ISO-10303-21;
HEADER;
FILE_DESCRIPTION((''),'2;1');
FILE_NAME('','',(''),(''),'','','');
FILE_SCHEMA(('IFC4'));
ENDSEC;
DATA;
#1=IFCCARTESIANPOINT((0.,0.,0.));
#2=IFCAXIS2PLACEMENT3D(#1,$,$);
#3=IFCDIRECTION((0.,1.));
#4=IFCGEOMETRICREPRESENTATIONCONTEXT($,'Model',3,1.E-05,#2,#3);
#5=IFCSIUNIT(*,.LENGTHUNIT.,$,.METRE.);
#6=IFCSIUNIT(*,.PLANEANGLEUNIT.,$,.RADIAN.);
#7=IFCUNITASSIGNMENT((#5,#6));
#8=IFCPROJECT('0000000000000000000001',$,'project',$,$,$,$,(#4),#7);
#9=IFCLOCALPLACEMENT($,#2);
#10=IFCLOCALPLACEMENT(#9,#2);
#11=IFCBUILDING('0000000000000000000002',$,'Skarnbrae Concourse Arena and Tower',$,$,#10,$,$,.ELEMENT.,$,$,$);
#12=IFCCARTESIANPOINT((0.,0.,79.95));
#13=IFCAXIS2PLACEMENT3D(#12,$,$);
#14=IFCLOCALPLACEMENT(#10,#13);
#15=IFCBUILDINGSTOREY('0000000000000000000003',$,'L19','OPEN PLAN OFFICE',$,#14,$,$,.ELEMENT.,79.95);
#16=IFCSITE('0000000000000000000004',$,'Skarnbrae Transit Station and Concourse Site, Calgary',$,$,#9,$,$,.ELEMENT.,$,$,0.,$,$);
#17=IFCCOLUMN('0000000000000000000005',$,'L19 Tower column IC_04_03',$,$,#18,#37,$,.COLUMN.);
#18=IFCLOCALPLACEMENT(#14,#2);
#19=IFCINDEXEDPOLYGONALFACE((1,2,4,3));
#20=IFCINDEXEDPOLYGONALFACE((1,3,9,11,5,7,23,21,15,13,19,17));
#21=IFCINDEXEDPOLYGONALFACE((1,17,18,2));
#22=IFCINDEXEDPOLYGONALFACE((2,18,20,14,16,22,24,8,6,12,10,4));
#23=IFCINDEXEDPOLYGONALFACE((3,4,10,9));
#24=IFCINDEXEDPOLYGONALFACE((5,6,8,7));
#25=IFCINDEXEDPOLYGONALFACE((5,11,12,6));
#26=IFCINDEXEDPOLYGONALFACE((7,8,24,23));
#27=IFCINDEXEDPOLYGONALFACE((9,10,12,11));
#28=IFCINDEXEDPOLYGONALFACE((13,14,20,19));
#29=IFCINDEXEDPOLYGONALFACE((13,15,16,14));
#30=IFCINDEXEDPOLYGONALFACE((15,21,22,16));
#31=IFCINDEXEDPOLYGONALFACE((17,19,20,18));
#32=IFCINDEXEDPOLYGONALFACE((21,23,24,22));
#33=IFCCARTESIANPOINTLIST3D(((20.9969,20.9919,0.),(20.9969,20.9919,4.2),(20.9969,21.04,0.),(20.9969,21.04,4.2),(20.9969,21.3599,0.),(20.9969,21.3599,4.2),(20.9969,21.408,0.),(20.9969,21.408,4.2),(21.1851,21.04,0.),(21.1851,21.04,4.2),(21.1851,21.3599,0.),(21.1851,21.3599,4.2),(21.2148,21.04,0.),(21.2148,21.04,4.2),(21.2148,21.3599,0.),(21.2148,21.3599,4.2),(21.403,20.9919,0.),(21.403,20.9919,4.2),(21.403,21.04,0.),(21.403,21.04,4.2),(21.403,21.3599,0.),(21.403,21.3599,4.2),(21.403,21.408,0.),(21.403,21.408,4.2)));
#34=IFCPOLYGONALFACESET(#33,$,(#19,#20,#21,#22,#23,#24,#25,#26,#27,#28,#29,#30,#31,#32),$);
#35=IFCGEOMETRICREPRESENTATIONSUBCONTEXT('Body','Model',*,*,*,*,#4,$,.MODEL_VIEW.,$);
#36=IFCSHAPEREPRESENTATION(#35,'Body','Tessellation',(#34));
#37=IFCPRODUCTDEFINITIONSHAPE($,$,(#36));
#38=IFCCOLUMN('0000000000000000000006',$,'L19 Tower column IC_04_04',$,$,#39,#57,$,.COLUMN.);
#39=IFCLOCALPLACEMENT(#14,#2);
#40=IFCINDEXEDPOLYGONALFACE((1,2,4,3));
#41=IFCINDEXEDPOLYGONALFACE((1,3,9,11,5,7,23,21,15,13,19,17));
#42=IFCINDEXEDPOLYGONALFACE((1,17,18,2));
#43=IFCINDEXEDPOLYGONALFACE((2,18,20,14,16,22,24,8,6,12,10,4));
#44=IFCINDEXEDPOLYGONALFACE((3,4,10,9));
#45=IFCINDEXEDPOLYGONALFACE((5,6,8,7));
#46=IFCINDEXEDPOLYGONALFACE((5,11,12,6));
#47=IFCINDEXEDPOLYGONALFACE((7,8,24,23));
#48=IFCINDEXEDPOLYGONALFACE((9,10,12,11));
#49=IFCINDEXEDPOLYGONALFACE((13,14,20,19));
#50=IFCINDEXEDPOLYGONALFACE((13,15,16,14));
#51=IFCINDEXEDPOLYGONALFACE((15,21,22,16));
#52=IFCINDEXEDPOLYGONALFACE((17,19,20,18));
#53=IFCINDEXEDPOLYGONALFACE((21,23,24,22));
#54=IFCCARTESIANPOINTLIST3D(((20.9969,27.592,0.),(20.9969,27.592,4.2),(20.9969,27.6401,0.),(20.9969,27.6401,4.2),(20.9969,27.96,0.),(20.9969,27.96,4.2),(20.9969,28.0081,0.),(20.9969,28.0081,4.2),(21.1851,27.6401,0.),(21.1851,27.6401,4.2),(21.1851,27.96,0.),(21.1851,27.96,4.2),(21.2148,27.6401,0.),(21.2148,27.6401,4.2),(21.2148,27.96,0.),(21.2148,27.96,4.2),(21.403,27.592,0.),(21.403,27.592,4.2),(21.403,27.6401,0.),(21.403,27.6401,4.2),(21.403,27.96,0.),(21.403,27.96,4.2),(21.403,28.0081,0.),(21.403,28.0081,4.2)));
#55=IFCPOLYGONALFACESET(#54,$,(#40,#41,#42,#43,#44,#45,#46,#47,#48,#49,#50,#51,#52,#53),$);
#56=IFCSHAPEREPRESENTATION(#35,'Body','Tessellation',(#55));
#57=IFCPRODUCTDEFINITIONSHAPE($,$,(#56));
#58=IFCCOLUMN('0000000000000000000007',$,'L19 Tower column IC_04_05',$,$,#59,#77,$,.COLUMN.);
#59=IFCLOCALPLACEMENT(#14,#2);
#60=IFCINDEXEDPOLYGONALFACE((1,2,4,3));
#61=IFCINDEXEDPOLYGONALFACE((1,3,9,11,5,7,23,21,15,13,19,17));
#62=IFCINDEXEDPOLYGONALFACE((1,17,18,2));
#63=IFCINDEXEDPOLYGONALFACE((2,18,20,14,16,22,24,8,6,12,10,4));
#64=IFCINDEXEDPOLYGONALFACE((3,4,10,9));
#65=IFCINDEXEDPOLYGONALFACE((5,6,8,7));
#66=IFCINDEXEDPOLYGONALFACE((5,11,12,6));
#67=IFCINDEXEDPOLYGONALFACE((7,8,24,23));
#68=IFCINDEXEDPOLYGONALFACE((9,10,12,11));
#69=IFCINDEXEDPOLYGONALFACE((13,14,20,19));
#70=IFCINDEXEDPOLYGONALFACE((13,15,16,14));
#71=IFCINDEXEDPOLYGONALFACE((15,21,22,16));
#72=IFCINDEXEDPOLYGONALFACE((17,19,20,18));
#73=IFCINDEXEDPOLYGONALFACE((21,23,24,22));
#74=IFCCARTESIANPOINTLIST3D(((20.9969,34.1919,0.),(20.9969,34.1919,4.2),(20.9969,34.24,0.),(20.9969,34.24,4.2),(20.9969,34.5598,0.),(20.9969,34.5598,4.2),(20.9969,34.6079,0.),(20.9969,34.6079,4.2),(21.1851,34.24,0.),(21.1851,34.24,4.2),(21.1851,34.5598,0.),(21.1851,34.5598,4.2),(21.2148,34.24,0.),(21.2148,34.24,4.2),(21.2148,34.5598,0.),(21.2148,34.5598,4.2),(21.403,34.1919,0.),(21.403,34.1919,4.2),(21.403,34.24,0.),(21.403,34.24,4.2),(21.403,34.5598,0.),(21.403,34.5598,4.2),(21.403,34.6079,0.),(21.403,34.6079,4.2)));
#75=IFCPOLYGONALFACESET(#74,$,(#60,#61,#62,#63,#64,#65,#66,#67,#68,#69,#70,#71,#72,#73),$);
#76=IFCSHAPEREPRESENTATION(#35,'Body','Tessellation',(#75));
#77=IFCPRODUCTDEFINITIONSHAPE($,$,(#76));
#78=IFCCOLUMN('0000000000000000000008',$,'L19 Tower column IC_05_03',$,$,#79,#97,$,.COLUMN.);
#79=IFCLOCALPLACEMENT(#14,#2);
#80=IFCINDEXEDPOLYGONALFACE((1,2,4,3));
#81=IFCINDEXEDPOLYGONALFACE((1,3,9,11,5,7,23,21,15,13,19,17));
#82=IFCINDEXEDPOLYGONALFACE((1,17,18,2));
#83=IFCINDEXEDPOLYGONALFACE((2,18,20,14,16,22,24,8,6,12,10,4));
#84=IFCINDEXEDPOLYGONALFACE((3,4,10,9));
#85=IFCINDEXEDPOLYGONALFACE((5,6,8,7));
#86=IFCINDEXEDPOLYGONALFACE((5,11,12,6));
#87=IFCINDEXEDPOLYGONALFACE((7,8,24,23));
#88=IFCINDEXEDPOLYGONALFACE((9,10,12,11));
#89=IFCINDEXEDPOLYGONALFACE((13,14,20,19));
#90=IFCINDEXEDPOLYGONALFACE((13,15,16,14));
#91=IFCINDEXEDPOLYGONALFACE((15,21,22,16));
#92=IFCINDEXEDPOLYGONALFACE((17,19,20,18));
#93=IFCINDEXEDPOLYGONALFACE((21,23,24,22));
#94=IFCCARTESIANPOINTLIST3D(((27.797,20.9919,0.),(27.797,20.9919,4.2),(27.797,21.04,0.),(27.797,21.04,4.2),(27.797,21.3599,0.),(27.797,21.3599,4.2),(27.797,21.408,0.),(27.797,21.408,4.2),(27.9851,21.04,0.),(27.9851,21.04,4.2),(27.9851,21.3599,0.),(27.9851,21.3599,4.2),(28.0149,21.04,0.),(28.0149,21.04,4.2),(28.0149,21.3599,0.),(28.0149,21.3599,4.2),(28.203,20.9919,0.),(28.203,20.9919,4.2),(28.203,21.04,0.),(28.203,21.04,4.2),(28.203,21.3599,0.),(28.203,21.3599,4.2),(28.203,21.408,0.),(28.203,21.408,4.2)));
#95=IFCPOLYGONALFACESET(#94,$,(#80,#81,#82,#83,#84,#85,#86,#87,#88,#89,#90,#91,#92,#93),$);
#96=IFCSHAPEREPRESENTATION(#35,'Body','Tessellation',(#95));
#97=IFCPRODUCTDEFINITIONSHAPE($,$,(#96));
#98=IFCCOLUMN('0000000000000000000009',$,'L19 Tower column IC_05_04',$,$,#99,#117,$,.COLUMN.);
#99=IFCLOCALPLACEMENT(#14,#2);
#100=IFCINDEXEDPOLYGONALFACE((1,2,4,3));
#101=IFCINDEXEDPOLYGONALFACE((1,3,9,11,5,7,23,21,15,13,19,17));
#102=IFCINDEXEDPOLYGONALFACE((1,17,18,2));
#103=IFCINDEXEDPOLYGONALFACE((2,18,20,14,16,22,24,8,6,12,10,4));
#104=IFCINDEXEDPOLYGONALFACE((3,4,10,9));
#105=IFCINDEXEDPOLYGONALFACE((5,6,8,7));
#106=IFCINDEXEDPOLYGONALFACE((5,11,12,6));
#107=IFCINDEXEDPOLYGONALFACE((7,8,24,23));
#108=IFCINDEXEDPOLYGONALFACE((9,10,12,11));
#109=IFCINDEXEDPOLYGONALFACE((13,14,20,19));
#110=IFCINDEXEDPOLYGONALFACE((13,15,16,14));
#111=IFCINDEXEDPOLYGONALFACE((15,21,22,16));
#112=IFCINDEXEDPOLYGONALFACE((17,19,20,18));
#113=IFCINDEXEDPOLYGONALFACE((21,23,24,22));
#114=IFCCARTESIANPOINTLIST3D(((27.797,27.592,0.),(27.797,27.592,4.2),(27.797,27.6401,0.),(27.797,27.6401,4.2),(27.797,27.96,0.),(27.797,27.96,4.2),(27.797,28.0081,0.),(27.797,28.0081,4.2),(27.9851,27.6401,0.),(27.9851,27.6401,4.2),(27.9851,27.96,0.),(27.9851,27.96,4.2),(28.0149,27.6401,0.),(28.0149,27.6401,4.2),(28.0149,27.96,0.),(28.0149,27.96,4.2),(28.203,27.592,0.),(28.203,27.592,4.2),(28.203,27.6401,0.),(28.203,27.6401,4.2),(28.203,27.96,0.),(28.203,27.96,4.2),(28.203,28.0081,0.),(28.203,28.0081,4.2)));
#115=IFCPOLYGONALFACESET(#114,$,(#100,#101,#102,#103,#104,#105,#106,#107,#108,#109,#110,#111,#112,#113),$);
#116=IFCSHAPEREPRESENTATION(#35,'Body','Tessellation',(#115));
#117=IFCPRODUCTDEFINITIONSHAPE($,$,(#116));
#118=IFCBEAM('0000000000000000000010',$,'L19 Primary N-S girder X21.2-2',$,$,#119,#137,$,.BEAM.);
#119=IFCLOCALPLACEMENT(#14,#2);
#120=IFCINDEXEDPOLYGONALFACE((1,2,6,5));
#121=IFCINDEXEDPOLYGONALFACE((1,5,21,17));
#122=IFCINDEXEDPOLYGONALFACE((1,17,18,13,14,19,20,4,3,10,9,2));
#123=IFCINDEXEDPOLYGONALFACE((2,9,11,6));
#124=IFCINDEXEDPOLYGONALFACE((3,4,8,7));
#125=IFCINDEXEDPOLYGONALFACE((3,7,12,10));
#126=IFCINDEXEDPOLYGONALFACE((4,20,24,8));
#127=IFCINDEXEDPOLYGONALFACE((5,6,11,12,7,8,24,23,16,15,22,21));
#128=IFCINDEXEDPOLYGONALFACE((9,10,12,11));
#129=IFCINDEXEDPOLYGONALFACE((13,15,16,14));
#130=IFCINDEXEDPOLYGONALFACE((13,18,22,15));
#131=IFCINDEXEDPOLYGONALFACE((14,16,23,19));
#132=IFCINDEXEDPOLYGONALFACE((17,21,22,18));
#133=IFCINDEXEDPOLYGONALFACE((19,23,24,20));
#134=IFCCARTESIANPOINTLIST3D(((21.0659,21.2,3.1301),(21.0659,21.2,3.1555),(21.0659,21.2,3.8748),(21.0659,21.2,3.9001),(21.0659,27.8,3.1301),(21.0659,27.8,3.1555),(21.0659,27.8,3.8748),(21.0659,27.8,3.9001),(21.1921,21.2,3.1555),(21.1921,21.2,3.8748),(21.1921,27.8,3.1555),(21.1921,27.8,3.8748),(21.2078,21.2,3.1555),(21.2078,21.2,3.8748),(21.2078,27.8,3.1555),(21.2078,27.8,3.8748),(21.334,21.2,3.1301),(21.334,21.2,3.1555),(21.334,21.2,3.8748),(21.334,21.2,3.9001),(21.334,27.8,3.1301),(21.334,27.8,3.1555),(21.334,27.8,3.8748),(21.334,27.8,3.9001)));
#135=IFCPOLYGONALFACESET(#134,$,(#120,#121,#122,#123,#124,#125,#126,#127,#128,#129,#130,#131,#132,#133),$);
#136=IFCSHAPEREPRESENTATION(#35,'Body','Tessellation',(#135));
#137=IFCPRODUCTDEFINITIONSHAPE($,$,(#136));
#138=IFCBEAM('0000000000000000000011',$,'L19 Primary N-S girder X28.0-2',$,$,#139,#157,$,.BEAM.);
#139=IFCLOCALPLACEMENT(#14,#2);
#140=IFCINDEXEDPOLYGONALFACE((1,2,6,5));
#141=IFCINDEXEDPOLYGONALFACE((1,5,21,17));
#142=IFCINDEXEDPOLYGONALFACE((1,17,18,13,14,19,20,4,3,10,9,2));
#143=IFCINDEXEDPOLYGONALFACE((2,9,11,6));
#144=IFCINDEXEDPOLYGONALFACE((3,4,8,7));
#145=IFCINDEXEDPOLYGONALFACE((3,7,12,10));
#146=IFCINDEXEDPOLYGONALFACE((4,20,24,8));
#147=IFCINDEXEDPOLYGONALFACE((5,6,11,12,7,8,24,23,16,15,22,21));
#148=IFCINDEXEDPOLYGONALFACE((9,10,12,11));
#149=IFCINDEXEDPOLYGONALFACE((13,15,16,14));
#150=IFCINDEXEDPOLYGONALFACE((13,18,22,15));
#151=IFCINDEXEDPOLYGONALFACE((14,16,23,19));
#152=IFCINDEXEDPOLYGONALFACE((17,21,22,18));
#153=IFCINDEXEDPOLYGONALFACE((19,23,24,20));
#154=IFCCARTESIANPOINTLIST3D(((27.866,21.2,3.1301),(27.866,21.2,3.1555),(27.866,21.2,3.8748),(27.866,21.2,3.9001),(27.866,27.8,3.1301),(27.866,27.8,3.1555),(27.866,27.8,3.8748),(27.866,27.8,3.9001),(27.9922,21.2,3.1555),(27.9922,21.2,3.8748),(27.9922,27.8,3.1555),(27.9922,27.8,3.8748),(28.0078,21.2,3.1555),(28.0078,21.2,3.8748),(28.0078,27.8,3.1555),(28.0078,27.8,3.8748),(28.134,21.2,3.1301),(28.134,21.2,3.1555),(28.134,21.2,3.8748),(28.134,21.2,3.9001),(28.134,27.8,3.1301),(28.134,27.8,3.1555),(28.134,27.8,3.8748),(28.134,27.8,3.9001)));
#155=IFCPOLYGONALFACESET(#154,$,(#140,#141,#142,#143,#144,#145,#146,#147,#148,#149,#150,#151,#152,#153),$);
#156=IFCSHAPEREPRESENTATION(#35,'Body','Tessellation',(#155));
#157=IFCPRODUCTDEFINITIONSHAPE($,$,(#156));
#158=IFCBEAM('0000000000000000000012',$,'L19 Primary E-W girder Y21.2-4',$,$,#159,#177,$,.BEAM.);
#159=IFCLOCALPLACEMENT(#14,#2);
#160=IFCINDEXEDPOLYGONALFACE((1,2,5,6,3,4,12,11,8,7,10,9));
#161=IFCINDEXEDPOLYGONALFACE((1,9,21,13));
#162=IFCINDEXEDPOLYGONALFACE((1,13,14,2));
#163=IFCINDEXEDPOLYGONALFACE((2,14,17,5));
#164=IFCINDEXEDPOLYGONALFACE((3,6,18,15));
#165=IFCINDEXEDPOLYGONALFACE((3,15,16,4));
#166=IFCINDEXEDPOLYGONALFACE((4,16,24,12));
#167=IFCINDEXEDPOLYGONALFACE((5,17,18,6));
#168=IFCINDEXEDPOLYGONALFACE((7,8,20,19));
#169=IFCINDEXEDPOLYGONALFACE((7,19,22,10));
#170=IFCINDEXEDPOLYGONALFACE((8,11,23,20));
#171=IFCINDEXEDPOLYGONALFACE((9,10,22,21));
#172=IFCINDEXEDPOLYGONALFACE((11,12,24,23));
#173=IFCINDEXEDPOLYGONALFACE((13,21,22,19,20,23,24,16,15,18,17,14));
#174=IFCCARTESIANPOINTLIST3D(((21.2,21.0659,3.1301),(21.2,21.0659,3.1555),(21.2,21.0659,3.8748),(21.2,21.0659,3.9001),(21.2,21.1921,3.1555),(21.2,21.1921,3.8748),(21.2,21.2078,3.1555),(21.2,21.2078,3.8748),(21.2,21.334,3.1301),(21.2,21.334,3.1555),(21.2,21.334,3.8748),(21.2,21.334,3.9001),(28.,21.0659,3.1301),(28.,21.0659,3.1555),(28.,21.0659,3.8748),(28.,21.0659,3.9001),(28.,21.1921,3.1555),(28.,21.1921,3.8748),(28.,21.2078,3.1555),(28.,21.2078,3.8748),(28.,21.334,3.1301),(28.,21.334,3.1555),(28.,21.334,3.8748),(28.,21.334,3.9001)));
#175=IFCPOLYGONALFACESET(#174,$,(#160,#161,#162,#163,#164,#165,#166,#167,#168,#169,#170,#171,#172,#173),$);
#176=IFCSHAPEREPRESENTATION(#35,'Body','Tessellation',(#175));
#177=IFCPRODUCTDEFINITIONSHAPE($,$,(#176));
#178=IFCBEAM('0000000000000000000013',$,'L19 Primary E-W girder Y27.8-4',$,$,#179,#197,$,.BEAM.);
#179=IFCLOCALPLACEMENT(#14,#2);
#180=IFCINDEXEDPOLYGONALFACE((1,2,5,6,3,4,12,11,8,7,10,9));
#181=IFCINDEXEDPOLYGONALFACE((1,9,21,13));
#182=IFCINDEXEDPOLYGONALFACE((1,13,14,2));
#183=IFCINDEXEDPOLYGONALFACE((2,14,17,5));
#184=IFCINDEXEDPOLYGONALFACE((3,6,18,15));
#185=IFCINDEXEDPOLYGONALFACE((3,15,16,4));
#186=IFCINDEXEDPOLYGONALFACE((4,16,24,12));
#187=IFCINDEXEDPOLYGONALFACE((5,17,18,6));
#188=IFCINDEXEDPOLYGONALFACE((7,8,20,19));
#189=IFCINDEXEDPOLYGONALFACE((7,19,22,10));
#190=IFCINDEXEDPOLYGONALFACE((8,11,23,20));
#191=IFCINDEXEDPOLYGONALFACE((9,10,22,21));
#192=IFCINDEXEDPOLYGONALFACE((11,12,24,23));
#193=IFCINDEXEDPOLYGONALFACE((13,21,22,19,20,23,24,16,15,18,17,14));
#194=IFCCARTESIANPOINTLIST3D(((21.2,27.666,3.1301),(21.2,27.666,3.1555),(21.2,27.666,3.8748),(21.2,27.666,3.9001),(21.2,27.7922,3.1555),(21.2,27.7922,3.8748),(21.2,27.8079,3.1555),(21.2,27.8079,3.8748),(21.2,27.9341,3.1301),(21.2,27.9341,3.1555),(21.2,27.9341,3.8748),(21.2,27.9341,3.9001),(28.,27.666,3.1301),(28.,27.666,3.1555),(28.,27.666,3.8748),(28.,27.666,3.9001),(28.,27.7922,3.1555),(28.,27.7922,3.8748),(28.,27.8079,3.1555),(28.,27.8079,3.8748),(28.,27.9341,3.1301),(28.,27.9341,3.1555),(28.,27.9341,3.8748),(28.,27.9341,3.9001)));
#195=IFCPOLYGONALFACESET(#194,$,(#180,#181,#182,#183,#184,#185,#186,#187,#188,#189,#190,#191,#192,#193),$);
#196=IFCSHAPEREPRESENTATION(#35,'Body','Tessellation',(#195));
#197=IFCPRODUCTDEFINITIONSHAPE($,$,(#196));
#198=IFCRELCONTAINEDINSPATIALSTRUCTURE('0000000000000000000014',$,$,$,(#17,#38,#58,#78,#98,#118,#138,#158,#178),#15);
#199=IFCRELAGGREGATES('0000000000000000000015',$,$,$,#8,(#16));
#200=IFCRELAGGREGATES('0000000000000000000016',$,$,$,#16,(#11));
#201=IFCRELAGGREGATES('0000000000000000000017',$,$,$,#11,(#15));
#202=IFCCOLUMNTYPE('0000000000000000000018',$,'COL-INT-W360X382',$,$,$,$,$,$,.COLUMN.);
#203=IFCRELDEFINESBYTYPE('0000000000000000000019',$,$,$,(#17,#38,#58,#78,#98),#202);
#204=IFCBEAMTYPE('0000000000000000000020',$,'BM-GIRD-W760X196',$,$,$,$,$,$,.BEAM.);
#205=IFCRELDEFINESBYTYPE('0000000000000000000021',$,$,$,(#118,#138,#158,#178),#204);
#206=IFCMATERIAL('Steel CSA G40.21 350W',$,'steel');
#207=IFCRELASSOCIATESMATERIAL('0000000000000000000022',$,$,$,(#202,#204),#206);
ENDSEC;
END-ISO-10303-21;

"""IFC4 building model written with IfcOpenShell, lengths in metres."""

from ifc_helpers import new_model, si_unit, direction, frame, origin, origin_2d, place, context, subcontext, project, spatial, i_section, extrude, source, transform, mapped, material, material_profile, profile_set, type_object, element, save


model = new_model("IFC4")

# Units and contexts
model_context = context("Model", 3, precision=1e-05, world=origin(), true_north=direction((0.0, 1.0)))
body_context = subcontext(model_context, "Body", "Model", "MODEL_VIEW")
ifc_project = project(units=[si_unit("LENGTHUNIT", "METRE"), si_unit("PLANEANGLEUNIT", "RADIAN")], contexts=[model_context])

# Site, building, storey
site_placement = place(None, origin())
site = spatial("IfcSite", under=ifc_project, at=site_placement, Name="Skarnbrae Transit Station and Concourse Site, Calgary", CompositionType="ELEMENT", RefElevation=0.0)
building_placement = place(site_placement, origin())
building = spatial("IfcBuilding", under=site, at=building_placement, Name="Skarnbrae Concourse Arena and Tower", CompositionType="ELEMENT")
storey_placement = place(building_placement, frame((0.0, 0.0, 79.95)))
storey = spatial("IfcBuildingStorey", under=building, at=storey_placement, Name="L19", Description="OPEN PLAN OFFICE", CompositionType="ELEMENT", Elevation=79.95)

# Columns
ifc_material_1 = material(Name="Steel CSA G40.21 350W", Category="steel")
ifc_material_profile_1 = material_profile(ifc_material_1, i_section(OverallWidth=0.406, OverallDepth=0.416, WebThickness=0.0298, FlangeThickness=0.0481, at=origin_2d()), Name="W360X382")
ifc_profile_set_1 = profile_set([ifc_material_profile_1], Name="Steel CSA G40.21 350W")
column_type = type_object("IfcColumnType", Name="COL-INT-W360X382", PredefinedType="COLUMN", material=ifc_profile_set_1)
shared_shape_1 = source(origin(), body_context, "Body", "SweptSolid", [
    extrude(i_section(OverallWidth=0.406, OverallDepth=0.416, WebThickness=0.0298, FlangeThickness=0.0481, at=origin_2d()), origin(), (0.0, 0.0, 1.0), 4.2),
])
for number, where, z_axis, x_axis, name in (
    (1, (21.2, 21.2, 0.0), (0.0, 0.0, 1.0), (1.0, 0.0, 0.0), "L19 Tower column IC_04_03"),
    (2, (21.2, 27.8, 0.0), (0.0, 0.0, 1.0), (1.0, 0.0, 0.0), "L19 Tower column IC_04_04"),
    (3, (21.2, 34.3999, 0.0), (0.0, 0.0, 1.0), (1.0, 0.0, 0.0), "L19 Tower column IC_04_05"),
    (4, (28.0, 21.2, 0.0), (0.0, 0.0, 1.0), (1.0, 0.0, 0.0), "L19 Tower column IC_05_03"),
    (5, (28.0, 27.8, 0.0), (0.0, 0.0, 1.0), (1.0, 0.0, 0.0), "L19 Tower column IC_05_04"),
):
    element("IfcColumn", number, at=place(storey_placement, frame(where, z_axis=z_axis, x_axis=x_axis)), inside=storey, type_object=column_type, Name=name, PredefinedType="COLUMN", context=body_context, shape_type="MappedRepresentation", body=[
        mapped(shared_shape_1, transform((0.0, 0.0, 0.0))),
    ])

# Beams
ifc_material_profile_2 = material_profile(ifc_material_1, i_section(OverallWidth=0.2681, OverallDepth=0.77, WebThickness=0.0156, FlangeThickness=0.0254, at=origin_2d()), Name="W760X196")
ifc_profile_set_2 = profile_set([ifc_material_profile_2], Name="Steel CSA G40.21 350W")
beam_type_1 = type_object("IfcBeamType", Name="BM-GIRD-W760X196", PredefinedType="BEAM", material=ifc_profile_set_2)
shared_shape_2 = source(origin(), body_context, "Body", "SweptSolid", [
    extrude(i_section(OverallWidth=0.2681, OverallDepth=0.77, WebThickness=0.0156, FlangeThickness=0.0254, at=origin_2d()), origin(), (0.0, 0.0, 1.0), 6.6001),
])
for number, where, z_axis, x_axis, name in (
    (6, (21.2, 21.2, 3.5151), (0.0, 1.0, 0.0), (-1.0, 0.0, 0.0), "L19 Primary N-S girder X21.2-2"),
    (7, (28.0, 21.2, 3.5151), (0.0, 1.0, 0.0), (-1.0, 0.0, 0.0), "L19 Primary N-S girder X28.0-2"),
):
    element("IfcBeam", number, at=place(storey_placement, frame(where, z_axis=z_axis, x_axis=x_axis)), inside=storey, type_object=beam_type_1, Name=name, PredefinedType="BEAM", context=body_context, shape_type="MappedRepresentation", body=[
        mapped(shared_shape_2, transform((0.0, 0.0, 0.0))),
    ])
shared_shape_3 = source(origin(), body_context, "Body", "SweptSolid", [
    extrude(i_section(OverallWidth=0.2681, OverallDepth=0.77, WebThickness=0.0156, FlangeThickness=0.0254, at=origin_2d()), origin(), (0.0, 0.0, 1.0), 6.8),
])
for number, where, z_axis, x_axis, name in (
    (8, (21.2, 21.2, 3.5151), (1.0, 0.0, 0.0), (0.0, 1.0, 0.0), "L19 Primary E-W girder Y21.2-4"),
    (9, (21.2, 27.8, 3.5151), (1.0, 0.0, 0.0), (0.0, 1.0, 0.0), "L19 Primary E-W girder Y27.8-4"),
):
    element("IfcBeam", number, at=place(storey_placement, frame(where, z_axis=z_axis, x_axis=x_axis)), inside=storey, type_object=beam_type_1, Name=name, PredefinedType="BEAM", context=body_context, shape_type="MappedRepresentation", body=[
        mapped(shared_shape_3, transform((0.0, 0.0, 0.0))),
    ])

save(model, "model.ifc")
